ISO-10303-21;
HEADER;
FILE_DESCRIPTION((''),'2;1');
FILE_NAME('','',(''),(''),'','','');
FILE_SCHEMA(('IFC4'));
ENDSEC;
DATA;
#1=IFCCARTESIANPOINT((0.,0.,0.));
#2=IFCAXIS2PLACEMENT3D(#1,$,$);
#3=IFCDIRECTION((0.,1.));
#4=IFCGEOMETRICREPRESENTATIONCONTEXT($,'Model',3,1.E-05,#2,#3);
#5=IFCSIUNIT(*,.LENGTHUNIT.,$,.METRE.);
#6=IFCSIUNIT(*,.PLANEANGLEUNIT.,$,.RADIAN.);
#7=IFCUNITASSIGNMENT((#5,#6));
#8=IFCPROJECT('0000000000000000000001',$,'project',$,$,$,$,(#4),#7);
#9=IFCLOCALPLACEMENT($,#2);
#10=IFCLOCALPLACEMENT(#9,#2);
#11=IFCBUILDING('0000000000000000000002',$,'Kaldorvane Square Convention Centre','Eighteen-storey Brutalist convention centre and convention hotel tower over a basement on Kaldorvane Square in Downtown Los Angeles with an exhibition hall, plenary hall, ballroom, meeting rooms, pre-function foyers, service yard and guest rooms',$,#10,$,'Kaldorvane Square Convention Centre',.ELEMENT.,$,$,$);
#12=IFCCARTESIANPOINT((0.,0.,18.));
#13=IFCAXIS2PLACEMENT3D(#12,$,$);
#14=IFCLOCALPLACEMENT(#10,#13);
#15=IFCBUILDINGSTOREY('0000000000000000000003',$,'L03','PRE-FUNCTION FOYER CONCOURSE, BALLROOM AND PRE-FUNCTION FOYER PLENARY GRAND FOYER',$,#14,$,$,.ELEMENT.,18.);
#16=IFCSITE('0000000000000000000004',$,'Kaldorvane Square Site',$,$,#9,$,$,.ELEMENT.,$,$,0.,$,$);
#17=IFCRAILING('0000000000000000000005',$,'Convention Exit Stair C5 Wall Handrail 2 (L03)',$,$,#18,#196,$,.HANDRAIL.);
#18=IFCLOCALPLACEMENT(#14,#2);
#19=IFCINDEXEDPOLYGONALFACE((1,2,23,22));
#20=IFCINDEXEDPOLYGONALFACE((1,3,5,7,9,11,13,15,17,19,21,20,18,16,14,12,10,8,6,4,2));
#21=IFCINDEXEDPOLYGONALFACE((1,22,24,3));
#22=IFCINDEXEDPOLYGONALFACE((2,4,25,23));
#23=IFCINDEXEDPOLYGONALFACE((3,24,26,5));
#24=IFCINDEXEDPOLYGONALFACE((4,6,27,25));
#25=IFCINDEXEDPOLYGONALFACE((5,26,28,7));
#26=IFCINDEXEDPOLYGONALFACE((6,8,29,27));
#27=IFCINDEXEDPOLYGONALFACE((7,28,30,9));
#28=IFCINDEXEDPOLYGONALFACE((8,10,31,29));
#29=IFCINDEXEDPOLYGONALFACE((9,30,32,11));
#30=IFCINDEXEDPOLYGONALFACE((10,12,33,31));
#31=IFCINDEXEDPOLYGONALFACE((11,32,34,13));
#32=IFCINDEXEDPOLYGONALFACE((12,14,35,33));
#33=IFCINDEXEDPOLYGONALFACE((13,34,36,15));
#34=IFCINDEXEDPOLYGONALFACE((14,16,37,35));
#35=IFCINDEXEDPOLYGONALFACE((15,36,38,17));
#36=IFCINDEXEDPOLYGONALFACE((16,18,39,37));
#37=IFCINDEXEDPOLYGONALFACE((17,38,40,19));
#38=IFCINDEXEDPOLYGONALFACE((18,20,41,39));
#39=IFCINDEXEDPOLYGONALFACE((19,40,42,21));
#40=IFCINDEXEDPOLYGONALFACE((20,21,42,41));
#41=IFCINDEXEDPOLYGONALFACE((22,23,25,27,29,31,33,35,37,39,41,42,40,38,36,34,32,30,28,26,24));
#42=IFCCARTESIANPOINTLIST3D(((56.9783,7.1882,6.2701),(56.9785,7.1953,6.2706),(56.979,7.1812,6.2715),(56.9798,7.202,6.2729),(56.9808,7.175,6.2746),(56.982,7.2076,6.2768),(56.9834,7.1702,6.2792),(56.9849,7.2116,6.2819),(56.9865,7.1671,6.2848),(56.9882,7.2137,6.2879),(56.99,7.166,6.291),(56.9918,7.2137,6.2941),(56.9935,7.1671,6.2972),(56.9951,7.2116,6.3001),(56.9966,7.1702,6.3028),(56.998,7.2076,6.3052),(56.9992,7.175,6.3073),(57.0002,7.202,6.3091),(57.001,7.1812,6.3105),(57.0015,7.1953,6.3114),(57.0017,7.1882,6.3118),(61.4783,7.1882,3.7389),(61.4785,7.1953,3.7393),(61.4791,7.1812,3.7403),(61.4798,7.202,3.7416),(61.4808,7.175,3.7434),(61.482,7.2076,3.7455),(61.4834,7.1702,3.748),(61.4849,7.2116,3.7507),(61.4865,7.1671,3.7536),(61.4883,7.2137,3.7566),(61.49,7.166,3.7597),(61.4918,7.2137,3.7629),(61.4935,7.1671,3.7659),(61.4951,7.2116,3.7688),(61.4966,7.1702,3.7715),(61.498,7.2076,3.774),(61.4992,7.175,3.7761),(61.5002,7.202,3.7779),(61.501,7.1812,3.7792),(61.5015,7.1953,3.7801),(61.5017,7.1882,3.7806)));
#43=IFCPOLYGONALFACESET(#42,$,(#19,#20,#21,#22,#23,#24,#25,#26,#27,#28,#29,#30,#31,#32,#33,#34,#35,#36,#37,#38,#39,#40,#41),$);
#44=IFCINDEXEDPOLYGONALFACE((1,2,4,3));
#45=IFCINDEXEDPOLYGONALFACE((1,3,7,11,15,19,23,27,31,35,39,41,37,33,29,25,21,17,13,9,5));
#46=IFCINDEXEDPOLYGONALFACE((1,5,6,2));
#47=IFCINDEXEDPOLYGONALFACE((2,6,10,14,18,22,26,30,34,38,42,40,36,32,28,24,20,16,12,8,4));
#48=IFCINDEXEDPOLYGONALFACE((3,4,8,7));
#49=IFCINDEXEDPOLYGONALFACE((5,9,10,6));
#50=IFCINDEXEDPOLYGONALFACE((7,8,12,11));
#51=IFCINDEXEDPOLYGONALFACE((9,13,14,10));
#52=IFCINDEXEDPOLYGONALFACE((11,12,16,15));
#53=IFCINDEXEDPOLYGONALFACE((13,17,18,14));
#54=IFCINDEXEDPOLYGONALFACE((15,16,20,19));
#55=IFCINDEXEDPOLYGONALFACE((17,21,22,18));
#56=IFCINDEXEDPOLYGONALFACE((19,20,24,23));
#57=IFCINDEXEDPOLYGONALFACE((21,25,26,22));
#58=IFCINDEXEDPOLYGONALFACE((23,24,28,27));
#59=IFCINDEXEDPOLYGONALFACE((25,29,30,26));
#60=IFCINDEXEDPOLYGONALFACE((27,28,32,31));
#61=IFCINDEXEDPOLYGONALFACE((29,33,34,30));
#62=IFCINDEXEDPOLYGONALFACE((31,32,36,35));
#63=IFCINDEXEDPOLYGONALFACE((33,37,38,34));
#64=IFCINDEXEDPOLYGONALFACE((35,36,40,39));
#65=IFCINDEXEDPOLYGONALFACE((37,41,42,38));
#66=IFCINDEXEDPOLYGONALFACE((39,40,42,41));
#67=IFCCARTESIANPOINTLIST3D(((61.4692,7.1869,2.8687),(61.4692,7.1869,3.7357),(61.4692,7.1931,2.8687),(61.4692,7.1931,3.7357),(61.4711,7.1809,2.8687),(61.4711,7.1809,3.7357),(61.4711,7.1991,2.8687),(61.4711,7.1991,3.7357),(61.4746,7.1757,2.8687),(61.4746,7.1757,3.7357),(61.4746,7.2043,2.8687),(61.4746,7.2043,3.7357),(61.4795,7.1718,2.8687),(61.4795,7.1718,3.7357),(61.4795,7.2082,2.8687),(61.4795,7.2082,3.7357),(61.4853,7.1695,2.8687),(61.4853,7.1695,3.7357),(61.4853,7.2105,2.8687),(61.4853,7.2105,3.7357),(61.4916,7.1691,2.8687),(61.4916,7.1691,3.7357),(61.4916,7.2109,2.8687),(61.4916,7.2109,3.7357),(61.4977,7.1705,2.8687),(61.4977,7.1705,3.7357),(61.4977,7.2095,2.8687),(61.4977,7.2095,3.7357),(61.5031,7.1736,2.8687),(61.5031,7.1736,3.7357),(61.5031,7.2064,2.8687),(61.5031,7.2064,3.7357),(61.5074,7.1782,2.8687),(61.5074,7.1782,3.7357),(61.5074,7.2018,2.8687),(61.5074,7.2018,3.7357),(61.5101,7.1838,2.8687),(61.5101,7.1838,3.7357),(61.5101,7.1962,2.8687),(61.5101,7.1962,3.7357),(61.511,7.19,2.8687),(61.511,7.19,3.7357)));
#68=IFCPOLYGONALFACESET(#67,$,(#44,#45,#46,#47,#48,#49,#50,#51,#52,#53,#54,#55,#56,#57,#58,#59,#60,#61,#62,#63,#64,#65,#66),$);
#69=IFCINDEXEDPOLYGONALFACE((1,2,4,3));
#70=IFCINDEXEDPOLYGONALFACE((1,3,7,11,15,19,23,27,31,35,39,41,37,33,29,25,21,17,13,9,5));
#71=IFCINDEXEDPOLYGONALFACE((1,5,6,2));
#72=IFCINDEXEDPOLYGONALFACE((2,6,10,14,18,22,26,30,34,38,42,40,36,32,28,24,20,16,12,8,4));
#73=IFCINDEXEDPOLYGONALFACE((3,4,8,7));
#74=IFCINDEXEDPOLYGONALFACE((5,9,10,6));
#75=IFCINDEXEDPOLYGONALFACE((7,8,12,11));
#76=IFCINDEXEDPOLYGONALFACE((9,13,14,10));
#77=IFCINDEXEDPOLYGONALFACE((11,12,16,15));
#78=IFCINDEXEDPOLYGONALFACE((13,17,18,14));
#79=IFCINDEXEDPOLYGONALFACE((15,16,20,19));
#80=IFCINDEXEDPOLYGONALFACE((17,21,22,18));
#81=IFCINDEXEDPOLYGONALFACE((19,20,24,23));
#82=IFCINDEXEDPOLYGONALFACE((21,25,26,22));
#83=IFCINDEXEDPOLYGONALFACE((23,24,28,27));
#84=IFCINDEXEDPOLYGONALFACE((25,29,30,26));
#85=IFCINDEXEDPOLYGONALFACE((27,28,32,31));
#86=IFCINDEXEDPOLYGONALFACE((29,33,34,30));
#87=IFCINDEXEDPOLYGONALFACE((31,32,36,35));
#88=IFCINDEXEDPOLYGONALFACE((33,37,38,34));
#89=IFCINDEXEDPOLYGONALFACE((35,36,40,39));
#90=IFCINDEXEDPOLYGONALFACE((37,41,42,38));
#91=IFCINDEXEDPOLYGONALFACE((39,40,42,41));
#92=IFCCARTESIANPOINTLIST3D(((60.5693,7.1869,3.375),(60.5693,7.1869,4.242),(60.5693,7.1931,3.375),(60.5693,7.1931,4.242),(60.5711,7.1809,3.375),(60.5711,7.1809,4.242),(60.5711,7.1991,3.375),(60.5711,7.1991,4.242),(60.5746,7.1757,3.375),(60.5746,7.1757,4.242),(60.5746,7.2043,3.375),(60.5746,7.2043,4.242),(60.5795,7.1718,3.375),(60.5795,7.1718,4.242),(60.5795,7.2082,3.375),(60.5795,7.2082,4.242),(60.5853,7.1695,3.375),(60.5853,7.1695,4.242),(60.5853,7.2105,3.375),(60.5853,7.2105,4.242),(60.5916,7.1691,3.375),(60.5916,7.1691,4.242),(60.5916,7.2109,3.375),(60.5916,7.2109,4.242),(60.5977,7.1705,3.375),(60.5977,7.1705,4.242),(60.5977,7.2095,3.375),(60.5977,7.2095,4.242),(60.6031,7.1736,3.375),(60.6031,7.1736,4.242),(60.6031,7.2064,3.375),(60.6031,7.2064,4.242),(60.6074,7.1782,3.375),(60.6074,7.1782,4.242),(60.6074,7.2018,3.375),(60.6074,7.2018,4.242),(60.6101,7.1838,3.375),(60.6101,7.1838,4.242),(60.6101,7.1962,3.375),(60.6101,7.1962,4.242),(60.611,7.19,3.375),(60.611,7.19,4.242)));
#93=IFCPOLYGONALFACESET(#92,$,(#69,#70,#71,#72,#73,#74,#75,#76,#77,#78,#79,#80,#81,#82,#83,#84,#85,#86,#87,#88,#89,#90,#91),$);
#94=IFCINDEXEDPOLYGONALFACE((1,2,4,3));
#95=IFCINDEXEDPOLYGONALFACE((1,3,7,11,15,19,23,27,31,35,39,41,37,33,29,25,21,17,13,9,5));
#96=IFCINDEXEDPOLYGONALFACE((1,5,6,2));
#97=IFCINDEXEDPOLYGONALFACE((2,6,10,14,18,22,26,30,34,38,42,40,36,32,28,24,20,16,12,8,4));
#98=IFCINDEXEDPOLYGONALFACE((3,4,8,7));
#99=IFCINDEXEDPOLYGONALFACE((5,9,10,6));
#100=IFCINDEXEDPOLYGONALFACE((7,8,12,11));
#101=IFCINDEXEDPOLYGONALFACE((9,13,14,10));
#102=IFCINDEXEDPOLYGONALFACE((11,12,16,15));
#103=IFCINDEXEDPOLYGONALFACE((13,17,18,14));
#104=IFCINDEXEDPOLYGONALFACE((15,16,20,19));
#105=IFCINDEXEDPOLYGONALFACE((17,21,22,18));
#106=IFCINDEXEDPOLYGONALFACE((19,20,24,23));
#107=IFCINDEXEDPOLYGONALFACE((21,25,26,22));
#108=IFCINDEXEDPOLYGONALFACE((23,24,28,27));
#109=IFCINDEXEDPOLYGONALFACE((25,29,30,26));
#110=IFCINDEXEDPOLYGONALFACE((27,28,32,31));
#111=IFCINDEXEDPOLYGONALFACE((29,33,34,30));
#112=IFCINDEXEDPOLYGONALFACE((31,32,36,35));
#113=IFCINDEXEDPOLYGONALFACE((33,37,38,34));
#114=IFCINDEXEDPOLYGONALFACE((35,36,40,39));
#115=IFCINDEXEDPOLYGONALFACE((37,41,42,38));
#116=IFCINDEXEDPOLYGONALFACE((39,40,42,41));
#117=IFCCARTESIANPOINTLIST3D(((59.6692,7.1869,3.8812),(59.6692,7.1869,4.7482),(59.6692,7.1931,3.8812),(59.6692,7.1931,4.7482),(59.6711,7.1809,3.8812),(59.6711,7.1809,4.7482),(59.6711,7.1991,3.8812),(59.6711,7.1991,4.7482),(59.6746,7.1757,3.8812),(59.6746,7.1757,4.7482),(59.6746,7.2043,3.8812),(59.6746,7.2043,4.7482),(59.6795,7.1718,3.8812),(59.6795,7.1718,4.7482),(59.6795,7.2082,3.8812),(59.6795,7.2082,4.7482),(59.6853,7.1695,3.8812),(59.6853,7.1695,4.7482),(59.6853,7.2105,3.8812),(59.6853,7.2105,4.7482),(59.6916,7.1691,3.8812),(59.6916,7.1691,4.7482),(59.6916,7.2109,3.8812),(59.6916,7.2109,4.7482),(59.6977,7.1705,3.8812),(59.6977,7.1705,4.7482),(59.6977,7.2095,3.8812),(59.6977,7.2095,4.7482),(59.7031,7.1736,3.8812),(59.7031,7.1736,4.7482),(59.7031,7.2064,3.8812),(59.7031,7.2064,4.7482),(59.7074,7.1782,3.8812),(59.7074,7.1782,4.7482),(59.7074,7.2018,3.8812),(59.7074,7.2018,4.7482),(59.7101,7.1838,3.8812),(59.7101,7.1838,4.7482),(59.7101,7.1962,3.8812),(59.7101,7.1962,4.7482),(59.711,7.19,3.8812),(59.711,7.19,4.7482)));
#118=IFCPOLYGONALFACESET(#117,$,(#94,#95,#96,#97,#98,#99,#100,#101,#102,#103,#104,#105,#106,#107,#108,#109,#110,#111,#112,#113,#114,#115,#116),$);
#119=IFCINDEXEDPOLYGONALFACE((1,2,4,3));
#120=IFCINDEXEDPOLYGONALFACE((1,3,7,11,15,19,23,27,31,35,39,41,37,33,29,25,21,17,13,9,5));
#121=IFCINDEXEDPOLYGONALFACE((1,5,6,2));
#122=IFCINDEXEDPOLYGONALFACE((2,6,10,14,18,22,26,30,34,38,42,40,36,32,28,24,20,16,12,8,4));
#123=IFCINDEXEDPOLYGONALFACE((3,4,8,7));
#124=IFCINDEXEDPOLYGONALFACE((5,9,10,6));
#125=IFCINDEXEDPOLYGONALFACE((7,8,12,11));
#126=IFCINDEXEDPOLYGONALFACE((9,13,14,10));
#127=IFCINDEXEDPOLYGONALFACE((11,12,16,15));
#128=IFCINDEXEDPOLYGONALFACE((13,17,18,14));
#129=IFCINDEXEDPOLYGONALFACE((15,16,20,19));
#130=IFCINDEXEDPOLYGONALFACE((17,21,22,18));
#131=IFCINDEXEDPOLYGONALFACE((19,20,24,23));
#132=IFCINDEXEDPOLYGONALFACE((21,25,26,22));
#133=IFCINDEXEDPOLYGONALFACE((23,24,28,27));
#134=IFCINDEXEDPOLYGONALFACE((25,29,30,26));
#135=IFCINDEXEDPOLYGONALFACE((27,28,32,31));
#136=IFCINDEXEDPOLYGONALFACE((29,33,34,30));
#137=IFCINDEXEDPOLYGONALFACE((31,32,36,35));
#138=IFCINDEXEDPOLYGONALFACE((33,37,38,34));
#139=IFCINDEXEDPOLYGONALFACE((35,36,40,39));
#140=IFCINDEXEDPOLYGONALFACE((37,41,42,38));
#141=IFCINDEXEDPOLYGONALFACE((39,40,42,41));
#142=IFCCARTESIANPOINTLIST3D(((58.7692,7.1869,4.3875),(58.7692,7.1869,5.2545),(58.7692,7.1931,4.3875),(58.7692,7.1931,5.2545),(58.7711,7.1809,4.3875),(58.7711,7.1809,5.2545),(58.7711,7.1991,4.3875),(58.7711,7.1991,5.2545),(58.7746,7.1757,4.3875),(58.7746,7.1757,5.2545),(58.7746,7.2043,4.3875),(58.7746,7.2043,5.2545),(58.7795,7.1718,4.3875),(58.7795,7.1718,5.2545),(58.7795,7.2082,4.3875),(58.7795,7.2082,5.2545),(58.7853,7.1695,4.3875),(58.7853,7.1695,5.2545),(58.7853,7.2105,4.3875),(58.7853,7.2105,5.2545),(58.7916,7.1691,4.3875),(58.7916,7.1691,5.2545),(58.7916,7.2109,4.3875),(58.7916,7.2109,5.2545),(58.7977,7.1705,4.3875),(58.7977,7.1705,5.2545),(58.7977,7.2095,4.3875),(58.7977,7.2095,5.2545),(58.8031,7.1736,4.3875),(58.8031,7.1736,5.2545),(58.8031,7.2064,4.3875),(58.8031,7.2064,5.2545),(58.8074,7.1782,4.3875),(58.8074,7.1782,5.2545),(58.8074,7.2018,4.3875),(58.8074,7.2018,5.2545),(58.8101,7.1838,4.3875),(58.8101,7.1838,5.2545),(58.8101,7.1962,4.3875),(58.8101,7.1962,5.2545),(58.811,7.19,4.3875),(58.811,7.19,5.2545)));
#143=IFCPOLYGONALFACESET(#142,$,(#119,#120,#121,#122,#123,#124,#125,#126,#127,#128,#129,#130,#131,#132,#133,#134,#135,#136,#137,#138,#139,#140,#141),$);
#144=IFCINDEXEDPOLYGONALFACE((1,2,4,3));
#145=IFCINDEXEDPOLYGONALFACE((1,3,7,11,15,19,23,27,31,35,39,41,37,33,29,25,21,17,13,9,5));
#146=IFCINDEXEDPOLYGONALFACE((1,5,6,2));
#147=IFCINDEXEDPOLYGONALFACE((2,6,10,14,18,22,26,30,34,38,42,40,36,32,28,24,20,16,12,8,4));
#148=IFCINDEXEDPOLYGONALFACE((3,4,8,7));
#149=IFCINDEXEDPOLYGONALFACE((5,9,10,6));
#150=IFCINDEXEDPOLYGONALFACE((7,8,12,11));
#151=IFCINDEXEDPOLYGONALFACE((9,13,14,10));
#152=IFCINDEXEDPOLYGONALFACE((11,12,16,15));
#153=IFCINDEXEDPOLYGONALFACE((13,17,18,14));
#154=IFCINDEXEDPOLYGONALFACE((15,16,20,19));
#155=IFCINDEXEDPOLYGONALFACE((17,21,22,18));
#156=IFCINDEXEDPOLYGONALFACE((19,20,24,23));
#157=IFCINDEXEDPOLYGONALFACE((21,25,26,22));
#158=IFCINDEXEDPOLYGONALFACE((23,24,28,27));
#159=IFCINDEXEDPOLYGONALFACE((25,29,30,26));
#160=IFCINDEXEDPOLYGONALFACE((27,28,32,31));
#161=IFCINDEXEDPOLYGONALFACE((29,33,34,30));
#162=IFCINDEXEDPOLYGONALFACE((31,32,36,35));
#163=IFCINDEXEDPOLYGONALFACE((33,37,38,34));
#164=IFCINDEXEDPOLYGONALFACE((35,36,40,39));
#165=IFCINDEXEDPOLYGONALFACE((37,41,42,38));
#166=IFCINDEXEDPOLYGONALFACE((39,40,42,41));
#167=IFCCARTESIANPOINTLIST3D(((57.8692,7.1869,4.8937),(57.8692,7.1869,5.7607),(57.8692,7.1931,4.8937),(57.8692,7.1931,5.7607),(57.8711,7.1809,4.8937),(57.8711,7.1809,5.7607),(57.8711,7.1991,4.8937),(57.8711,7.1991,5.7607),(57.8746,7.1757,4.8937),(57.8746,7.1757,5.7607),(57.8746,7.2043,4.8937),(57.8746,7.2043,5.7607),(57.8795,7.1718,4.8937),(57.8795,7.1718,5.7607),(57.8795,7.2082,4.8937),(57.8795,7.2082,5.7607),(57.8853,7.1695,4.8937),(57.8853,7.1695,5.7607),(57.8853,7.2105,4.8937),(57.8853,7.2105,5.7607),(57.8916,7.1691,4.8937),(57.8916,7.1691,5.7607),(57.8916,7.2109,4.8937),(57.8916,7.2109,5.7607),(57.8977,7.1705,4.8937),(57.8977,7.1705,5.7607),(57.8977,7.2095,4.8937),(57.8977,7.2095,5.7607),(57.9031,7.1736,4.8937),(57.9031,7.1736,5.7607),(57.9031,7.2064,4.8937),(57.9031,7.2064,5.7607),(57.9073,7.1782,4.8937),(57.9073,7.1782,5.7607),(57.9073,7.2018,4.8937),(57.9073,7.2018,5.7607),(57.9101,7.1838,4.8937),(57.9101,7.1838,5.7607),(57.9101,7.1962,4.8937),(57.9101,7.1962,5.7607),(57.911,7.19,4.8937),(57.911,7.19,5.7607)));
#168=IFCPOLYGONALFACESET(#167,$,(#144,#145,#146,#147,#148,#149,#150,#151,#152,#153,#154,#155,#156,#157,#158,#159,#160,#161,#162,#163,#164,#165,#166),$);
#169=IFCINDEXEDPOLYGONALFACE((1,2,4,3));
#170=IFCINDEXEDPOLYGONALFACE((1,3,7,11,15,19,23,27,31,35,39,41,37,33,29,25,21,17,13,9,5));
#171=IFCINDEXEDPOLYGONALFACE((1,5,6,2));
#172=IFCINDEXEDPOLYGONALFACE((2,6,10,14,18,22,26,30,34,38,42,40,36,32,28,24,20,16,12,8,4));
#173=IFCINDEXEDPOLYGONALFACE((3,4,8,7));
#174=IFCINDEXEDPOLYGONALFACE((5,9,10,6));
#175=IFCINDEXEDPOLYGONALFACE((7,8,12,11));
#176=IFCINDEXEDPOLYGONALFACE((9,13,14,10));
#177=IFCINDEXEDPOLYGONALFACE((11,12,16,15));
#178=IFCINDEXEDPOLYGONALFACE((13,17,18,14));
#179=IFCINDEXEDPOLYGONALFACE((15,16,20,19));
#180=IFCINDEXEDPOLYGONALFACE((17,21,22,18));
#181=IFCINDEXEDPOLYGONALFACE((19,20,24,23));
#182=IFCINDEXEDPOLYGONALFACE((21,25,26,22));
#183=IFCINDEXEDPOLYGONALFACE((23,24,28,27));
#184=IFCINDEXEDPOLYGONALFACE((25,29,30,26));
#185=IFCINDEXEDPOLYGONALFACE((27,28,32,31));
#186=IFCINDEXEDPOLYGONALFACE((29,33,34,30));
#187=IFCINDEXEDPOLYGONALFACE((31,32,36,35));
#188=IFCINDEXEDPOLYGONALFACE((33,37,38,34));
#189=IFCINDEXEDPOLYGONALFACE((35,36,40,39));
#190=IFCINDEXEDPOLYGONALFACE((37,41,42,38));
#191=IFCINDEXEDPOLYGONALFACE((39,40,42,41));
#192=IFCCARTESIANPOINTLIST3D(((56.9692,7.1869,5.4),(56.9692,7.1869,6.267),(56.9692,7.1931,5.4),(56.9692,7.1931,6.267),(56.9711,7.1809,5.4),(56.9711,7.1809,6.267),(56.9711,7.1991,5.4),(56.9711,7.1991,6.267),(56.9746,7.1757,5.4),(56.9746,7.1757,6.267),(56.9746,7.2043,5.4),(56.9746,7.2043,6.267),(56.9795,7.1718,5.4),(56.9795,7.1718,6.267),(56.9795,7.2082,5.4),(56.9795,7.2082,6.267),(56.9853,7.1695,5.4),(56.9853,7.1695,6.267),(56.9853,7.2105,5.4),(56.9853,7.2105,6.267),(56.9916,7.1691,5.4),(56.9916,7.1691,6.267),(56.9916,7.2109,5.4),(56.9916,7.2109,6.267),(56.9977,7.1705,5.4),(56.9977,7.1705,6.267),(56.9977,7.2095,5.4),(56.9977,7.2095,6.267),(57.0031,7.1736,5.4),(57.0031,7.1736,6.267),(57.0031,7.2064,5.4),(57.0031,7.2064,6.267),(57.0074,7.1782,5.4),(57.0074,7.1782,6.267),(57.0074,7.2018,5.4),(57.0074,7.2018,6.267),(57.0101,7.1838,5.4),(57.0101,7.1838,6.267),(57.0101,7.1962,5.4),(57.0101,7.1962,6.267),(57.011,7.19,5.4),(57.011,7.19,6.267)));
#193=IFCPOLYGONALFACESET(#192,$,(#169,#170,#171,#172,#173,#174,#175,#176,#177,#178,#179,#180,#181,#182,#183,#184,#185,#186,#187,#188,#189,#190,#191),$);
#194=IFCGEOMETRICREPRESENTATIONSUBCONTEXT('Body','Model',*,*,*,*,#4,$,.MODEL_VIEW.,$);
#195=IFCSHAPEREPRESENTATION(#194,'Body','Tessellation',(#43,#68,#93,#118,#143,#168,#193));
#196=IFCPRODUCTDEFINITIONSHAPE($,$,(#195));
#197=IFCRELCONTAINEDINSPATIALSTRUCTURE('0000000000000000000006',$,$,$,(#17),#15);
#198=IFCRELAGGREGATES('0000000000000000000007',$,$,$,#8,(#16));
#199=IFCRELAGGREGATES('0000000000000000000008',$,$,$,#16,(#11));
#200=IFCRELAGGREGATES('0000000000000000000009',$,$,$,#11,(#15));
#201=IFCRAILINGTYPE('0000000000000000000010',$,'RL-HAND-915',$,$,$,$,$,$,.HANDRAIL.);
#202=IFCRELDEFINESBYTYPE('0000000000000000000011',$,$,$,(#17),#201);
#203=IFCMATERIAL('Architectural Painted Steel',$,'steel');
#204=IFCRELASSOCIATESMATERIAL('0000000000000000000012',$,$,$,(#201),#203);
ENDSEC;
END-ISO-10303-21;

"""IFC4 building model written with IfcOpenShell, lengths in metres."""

from ifc_helpers import new_model, si_unit, direction, frame, origin, origin_2d, place, context, subcontext, project, spatial, circle, extrude, material, type_object, element, save


model = new_model("IFC4")

# Units and contexts
model_context = context("Model", 3, precision=1e-05, world=origin(), true_north=direction((0.0, 1.0)))
body_context = subcontext(model_context, "Body", "Model", "MODEL_VIEW")
ifc_project = project(units=[si_unit("LENGTHUNIT", "METRE"), si_unit("PLANEANGLEUNIT", "RADIAN")], contexts=[model_context])

# Site, building, storey
site_placement = place(None, origin())
site = spatial("IfcSite", under=ifc_project, at=site_placement, Name="Kaldorvane Square Site", CompositionType="ELEMENT", RefElevation=0.0)
building_placement = place(site_placement, origin())
building = spatial("IfcBuilding", under=site, at=building_placement, Name="Kaldorvane Square Convention Centre", Description="Eighteen-storey Brutalist convention centre and convention hotel tower over a basement on Kaldorvane Square in Downtown Los Angeles with an exhibition hall, plenary hall, ballroom, meeting rooms, pre-function foyers, service yard and guest rooms", LongName="Kaldorvane Square Convention Centre", CompositionType="ELEMENT")
storey_placement = place(building_placement, frame((0.0, 0.0, 18.0)))
storey = spatial("IfcBuildingStorey", under=building, at=storey_placement, Name="L03", Description="PRE-FUNCTION FOYER CONCOURSE, BALLROOM AND PRE-FUNCTION FOYER PLENARY GRAND FOYER", CompositionType="ELEMENT", Elevation=18.0)

# Railing
ifc_material_1 = material(Name="Architectural Painted Steel", Category="steel")
railing_type_1 = type_object("IfcRailingType", Name="RL-HAND-915", PredefinedType="HANDRAIL", material=ifc_material_1)
for number, where, name in (
    (1, (61.49, 7.19, 2.8687), "Convention Exit Stair C5 Wall Handrail 2 (L03)"),
):
    element("IfcRailing", number, at=place(storey_placement, frame(where)), inside=storey, type_object=railing_type_1, Name=name, PredefinedType="HANDRAIL", context=body_context, shape_type="SweptSolid", body=[
        extrude(circle(Radius=0.024, at=origin_2d()), frame((0.0, 0.0, 0.891), z_axis=(-0.871576, 0.0, 0.490261), x_axis=(0.0, -1.0, 0.0)), (0.0, 0.0, 1.0), 5.1631),
        extrude(circle(Radius=0.021, at=origin_2d()), origin(), (0.0, 0.0, 1.0), 0.867),
        extrude(circle(Radius=0.021, at=origin_2d()), frame((-0.9, 0.0, 0.5063)), (0.0, 0.0, 1.0), 0.867),
        extrude(circle(Radius=0.021, at=origin_2d()), frame((-1.8, 0.0, 1.0125)), (0.0, 0.0, 1.0), 0.867),
        extrude(circle(Radius=0.021, at=origin_2d()), frame((-2.7, 0.0, 1.5188)), (0.0, 0.0, 1.0), 0.867),
        extrude(circle(Radius=0.021, at=origin_2d()), frame((-3.6, 0.0, 2.025)), (0.0, 0.0, 1.0), 0.867),
        extrude(circle(Radius=0.021, at=origin_2d()), frame((-4.5, 0.0, 2.5312)), (0.0, 0.0, 1.0), 0.867),
    ])

save(model, "model.ifc")
